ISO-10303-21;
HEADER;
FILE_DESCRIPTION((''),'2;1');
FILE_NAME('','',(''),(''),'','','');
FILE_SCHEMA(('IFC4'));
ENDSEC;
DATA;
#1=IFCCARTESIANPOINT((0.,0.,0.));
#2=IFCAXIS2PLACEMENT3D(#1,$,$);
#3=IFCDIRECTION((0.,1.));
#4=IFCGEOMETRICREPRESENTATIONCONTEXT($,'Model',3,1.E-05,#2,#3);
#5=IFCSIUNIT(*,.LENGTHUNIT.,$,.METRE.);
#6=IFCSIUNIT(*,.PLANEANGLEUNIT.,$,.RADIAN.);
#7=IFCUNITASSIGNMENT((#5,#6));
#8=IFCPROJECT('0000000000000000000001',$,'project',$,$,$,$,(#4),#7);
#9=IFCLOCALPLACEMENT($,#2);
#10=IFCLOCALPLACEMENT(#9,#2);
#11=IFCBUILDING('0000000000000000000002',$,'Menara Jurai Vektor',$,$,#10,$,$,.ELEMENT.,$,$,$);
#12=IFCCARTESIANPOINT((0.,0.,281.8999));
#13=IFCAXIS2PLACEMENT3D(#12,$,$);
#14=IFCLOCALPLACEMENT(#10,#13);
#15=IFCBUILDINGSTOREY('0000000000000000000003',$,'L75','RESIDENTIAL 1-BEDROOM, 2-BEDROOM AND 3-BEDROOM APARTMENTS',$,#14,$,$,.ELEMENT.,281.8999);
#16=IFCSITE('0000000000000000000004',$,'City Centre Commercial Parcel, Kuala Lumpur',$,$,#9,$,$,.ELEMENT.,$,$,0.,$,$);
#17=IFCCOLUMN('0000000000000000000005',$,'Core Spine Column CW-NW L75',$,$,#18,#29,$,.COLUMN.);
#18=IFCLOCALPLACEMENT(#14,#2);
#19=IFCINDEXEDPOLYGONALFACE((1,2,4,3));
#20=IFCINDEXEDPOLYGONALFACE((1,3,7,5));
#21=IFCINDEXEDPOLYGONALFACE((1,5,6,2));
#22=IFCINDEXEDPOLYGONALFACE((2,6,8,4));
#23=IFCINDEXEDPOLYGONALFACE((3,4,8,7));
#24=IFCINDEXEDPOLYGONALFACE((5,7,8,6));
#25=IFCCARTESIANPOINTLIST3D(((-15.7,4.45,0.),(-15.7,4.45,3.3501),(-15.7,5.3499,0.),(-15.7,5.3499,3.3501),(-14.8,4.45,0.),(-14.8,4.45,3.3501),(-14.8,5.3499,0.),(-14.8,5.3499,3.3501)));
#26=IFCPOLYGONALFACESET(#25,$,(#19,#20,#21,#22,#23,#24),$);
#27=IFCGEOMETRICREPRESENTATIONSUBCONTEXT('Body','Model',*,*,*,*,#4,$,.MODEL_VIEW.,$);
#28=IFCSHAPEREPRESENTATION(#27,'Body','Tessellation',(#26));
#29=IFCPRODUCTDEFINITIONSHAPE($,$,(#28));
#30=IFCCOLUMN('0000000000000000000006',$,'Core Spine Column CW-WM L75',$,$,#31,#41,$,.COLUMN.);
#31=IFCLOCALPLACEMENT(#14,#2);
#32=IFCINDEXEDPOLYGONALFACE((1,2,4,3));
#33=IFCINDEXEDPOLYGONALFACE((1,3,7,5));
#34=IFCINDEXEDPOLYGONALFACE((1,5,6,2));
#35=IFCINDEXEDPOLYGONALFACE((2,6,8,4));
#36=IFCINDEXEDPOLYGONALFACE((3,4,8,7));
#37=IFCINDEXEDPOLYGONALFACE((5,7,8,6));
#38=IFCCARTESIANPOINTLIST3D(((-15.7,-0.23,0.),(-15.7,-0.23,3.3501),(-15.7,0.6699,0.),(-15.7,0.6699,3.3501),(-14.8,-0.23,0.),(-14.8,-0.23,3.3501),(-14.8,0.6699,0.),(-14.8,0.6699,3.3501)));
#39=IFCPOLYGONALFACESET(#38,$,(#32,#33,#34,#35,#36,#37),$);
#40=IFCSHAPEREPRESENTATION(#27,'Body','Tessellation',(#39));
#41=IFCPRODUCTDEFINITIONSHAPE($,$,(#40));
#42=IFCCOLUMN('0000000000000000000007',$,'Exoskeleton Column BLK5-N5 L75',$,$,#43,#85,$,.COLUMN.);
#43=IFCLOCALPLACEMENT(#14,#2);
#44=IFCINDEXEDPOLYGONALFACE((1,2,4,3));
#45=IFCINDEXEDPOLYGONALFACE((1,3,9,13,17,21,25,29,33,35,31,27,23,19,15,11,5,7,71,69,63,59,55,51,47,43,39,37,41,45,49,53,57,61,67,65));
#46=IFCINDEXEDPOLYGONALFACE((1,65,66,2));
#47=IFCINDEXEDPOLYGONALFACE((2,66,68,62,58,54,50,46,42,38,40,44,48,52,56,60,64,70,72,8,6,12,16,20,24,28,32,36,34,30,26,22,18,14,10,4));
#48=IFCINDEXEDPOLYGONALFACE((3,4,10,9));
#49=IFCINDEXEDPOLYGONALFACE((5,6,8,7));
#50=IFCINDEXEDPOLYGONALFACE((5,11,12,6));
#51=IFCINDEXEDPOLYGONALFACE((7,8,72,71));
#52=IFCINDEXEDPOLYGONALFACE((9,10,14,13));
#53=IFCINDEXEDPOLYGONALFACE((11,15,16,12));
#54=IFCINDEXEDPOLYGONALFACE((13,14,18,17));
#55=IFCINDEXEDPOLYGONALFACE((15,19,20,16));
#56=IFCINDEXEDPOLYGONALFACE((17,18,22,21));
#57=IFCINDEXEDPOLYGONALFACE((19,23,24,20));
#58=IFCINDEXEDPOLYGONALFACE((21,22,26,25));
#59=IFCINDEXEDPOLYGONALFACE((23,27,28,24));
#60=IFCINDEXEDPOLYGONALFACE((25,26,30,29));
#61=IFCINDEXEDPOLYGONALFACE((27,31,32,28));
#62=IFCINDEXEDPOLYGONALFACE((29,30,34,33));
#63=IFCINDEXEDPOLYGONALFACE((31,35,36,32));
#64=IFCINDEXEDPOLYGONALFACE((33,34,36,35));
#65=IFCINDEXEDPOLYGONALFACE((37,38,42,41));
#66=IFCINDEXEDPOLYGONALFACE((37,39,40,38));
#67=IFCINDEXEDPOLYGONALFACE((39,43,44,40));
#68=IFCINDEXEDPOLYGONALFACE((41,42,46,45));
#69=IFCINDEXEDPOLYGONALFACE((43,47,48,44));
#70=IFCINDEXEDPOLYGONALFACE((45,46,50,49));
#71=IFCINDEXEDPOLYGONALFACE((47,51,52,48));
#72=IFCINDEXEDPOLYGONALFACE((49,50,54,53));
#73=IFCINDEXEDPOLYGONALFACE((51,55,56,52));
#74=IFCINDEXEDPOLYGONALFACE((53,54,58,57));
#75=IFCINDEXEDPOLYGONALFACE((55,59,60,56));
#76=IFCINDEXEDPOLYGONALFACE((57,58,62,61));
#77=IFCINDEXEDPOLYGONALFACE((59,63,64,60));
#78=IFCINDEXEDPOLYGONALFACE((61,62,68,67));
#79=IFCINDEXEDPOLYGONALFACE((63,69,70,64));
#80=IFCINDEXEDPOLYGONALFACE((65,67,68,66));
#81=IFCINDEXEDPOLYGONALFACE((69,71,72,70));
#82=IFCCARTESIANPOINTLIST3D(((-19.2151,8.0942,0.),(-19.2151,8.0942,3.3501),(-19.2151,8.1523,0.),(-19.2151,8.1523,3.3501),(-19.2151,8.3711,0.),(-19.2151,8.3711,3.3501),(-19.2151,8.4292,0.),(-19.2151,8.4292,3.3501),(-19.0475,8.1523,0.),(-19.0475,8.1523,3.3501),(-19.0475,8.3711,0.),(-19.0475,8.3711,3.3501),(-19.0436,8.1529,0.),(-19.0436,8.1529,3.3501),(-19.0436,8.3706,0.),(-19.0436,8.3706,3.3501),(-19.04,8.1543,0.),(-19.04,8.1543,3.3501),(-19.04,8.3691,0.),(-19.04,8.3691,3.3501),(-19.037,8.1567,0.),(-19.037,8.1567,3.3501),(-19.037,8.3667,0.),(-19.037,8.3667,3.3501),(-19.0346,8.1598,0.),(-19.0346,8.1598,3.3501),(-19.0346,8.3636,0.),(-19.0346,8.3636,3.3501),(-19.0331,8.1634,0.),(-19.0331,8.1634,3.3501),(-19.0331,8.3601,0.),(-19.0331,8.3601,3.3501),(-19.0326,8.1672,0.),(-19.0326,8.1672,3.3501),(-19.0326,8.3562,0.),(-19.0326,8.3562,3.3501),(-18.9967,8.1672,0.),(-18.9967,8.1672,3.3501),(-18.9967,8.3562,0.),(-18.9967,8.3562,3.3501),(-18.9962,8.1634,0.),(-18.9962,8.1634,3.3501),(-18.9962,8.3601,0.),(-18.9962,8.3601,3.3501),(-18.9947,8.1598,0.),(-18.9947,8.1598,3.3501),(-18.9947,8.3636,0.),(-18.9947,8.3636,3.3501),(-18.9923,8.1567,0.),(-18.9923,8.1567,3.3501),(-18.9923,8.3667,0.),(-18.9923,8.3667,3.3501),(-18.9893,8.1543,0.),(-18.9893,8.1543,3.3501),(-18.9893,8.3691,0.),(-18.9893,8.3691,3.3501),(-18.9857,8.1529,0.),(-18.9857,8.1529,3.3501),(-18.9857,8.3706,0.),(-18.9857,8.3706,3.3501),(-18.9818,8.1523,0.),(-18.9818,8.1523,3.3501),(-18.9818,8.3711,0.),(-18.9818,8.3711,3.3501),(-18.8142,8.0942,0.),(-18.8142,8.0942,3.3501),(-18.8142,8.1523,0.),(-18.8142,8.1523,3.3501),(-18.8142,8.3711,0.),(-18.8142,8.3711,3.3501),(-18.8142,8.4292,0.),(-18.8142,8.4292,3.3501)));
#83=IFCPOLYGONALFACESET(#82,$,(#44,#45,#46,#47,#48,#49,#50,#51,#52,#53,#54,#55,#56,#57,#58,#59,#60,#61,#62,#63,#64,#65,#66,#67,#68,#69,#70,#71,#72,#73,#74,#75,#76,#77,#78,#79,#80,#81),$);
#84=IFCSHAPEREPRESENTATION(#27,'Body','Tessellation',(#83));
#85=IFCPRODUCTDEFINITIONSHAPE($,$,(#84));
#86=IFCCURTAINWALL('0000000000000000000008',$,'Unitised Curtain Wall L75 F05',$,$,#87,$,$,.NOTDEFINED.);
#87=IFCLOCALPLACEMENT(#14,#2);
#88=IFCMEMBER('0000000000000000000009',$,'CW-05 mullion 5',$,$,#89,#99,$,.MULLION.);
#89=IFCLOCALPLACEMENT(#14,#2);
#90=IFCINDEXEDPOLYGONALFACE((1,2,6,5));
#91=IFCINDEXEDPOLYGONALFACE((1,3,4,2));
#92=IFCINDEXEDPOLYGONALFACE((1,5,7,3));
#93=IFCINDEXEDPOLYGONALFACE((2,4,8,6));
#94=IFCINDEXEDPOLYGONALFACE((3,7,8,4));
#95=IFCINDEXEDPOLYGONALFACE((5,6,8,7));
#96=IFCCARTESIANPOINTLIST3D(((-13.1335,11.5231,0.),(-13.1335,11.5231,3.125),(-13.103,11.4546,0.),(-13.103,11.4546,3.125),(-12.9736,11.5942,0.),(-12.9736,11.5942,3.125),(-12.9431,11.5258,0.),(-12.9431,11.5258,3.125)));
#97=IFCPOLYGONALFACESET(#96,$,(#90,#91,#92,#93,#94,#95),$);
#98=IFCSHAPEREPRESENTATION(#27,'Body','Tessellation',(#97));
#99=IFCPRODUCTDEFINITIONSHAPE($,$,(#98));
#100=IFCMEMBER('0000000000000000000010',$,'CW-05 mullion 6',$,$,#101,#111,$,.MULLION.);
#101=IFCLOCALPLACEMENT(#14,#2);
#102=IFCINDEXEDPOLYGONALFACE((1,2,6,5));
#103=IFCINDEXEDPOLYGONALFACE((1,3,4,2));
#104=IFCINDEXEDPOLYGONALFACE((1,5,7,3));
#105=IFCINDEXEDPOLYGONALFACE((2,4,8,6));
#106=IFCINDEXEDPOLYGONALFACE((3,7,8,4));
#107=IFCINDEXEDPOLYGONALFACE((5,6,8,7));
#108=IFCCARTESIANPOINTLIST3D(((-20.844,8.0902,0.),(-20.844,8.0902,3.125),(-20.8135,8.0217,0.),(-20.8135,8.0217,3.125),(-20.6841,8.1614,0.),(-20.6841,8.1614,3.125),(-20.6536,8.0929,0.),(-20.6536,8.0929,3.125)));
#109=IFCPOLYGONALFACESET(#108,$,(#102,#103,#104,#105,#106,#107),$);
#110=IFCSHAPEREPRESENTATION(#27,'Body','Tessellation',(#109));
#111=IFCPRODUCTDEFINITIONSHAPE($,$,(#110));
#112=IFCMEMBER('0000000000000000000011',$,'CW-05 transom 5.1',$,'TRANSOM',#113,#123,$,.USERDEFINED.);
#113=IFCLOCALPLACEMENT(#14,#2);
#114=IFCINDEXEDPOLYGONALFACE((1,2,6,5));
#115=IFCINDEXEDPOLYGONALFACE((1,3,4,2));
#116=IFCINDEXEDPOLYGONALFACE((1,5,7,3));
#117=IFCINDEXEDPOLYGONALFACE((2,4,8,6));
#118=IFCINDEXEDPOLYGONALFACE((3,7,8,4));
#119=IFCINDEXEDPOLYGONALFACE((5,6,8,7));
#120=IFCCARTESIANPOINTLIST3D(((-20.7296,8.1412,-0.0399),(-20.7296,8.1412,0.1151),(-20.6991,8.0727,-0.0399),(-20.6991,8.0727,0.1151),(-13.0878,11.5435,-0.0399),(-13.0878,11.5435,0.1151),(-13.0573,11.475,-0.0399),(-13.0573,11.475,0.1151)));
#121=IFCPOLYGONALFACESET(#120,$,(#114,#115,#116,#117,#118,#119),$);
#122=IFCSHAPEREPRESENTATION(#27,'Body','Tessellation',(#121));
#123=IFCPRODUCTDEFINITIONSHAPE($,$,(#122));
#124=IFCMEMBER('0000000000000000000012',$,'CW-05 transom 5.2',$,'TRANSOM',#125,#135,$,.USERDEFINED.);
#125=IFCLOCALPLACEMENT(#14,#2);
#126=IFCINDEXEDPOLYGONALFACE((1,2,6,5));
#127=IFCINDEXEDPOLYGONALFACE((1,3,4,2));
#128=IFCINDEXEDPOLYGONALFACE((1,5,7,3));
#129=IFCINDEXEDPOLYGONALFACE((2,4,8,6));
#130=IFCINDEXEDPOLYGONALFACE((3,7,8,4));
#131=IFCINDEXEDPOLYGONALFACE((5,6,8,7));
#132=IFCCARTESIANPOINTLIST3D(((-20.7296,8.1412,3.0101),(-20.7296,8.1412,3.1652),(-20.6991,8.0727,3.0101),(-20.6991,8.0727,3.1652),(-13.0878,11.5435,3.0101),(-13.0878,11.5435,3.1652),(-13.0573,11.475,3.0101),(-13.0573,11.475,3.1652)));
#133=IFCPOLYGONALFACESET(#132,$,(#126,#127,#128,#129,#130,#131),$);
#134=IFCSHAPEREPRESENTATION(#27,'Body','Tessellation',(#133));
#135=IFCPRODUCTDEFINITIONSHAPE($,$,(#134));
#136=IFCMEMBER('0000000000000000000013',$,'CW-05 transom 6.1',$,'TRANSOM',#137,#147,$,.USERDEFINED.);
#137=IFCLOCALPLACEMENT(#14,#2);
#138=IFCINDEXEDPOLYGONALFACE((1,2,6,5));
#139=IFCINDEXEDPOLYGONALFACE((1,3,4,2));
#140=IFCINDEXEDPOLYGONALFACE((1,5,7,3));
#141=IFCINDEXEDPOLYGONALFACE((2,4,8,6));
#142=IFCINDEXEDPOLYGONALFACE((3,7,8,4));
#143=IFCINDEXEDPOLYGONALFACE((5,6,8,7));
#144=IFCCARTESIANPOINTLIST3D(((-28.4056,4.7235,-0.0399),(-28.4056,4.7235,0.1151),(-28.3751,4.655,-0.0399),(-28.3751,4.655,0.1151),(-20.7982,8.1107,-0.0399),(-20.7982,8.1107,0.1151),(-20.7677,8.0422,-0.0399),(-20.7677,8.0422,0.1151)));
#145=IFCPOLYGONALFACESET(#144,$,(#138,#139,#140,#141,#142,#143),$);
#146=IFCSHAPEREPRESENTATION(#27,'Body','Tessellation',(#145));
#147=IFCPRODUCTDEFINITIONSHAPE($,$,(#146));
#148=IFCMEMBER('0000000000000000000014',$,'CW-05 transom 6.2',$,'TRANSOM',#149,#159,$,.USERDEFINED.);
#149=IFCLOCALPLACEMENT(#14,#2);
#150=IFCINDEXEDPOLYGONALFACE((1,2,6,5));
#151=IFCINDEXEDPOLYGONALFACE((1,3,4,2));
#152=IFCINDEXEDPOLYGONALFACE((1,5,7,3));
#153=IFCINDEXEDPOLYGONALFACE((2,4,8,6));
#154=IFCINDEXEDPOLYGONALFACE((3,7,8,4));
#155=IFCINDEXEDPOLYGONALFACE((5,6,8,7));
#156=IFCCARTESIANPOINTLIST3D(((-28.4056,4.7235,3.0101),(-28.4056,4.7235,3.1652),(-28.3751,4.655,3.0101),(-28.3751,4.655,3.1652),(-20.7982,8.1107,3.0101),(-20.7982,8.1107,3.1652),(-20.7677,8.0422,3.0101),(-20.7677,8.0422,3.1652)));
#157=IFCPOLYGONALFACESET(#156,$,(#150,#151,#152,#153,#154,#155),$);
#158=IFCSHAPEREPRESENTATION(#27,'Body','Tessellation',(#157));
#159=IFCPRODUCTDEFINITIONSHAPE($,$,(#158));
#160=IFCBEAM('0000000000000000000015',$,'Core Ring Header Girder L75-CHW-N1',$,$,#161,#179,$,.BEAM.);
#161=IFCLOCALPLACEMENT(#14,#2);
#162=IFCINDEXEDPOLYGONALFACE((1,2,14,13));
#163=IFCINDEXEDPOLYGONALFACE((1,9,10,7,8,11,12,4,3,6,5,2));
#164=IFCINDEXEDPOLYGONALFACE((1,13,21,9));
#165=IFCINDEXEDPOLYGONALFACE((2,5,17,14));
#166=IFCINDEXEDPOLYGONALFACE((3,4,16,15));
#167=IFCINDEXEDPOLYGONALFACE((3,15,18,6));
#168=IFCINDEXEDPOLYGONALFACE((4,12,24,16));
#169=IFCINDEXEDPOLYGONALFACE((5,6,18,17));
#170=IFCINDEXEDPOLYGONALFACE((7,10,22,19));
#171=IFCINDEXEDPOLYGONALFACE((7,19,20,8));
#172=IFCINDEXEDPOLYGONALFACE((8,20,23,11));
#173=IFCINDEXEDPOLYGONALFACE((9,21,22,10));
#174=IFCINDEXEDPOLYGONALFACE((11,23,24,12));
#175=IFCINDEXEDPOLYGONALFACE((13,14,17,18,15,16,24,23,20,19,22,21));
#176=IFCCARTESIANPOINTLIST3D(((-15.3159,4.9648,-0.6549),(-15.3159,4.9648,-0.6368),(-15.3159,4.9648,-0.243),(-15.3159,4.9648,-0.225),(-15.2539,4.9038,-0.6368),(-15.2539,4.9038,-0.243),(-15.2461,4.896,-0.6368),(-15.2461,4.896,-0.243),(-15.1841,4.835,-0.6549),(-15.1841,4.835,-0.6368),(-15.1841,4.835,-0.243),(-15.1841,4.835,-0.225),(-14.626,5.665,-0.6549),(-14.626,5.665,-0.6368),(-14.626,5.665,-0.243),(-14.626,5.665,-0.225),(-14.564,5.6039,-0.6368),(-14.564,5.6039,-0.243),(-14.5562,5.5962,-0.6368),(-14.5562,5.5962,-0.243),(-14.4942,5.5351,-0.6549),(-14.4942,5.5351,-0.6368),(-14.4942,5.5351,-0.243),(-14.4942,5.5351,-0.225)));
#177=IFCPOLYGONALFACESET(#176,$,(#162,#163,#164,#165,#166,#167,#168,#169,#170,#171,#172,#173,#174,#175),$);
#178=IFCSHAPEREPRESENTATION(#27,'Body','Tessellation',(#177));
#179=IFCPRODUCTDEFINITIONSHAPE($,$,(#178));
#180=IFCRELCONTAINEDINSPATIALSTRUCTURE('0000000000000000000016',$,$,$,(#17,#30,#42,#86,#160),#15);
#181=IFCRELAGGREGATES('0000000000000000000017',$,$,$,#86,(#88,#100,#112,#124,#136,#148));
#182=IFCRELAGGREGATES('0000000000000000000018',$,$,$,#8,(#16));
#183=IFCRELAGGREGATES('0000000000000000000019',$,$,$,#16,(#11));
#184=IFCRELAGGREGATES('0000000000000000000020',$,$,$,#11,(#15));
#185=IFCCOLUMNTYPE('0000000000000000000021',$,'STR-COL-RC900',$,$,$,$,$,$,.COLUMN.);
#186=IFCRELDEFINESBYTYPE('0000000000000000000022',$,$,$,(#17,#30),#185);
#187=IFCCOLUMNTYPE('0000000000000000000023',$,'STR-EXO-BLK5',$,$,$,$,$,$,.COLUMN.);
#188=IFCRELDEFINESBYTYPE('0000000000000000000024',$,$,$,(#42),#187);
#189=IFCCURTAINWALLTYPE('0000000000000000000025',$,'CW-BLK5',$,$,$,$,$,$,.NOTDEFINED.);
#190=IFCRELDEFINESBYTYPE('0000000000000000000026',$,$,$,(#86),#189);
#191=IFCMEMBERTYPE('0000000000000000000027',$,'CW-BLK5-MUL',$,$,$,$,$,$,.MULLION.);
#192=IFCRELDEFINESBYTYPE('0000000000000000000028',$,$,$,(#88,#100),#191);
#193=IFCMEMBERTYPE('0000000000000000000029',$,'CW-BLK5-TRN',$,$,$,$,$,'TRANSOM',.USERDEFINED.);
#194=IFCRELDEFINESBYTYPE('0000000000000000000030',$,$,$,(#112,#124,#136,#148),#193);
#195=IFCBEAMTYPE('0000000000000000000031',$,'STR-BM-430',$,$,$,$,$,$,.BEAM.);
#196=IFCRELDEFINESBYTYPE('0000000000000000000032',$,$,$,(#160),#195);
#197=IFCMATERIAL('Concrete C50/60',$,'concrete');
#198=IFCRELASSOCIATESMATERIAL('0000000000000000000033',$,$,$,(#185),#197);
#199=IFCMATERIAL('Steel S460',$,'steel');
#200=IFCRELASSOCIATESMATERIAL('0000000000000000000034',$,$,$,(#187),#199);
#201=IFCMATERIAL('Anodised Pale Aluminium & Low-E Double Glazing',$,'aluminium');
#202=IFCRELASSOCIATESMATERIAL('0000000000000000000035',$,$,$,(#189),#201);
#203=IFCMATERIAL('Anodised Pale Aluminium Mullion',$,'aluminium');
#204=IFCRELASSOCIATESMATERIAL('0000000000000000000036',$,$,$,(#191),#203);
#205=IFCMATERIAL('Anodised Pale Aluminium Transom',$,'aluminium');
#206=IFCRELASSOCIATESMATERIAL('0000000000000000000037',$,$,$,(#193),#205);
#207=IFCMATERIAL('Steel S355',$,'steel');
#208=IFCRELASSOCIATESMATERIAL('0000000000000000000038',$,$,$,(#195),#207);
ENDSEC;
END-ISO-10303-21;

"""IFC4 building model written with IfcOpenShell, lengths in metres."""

from ifc_helpers import new_model, si_unit, direction, frame, origin, origin_2d, place, context, subcontext, project, spatial, rectangle, i_section, extrude, material, material_profile, profile_set, type_object, element, aggregate, save


model = new_model("IFC4")

# Units and contexts
model_context = context("Model", 3, precision=1e-05, world=origin(), true_north=direction((0.0, 1.0)))
body_context = subcontext(model_context, "Body", "Model", "MODEL_VIEW")
ifc_project = project(units=[si_unit("LENGTHUNIT", "METRE"), si_unit("PLANEANGLEUNIT", "RADIAN")], contexts=[model_context])

# Site, building, storey
site_placement = place(None, origin())
site = spatial("IfcSite", under=ifc_project, at=site_placement, Name="City Centre Commercial Parcel, Kuala Lumpur", CompositionType="ELEMENT", RefElevation=0.0)
building_placement = place(site_placement, origin())
building = spatial("IfcBuilding", under=site, at=building_placement, Name="Menara Jurai Vektor", CompositionType="ELEMENT")
storey_placement = place(building_placement, frame((0.0, 0.0, 281.8999)))
storey = spatial("IfcBuildingStorey", under=building, at=storey_placement, Name="L75", Description="RESIDENTIAL 1-BEDROOM, 2-BEDROOM AND 3-BEDROOM APARTMENTS", CompositionType="ELEMENT", Elevation=281.8999)

# Columns
ifc_material_1 = material(Name="Concrete C50/60", Category="concrete")
ifc_material_profile_1 = material_profile(ifc_material_1, rectangle(XDim=0.8999, YDim=0.8999, at=origin_2d()), Name="RC 900x900")
ifc_profile_set_1 = profile_set([ifc_material_profile_1], Name="Concrete C50/60")
column_type_1 = type_object("IfcColumnType", Name="STR-COL-RC900", PredefinedType="COLUMN", material=ifc_profile_set_1)
for number, where, z_axis, x_axis, name in (
    (1, (-15.25, 4.8999, 0.0), (0.0, 0.0, 1.0), (1.0, 0.0, 0.0), "Core Spine Column CW-NW L75"),
    (2, (-15.25, 0.22, 0.0), (0.0, 0.0, 1.0), (1.0, 0.0, 0.0), "Core Spine Column CW-WM L75"),
):
    element("IfcColumn", number, at=place(storey_placement, frame(where, z_axis=z_axis, x_axis=x_axis)), inside=storey, type_object=column_type_1, Name=name, PredefinedType="COLUMN", context=body_context, shape_type="SweptSolid", body=[
        extrude(rectangle(XDim=0.8999, YDim=0.8999, at=origin_2d()), origin(), (0.0, 0.0, 1.0), 3.3501),
    ])
ifc_material_2 = material(Name="Steel S460", Category="steel")
ifc_material_profile_2 = material_profile(ifc_material_2, i_section(OverallWidth=0.4009, OverallDepth=0.335, WebThickness=0.0359, FlangeThickness=0.0581, FilletRadius=0.0149, at=origin_2d()), Name="HD 400x463")
ifc_profile_set_2 = profile_set([ifc_material_profile_2], Name="Steel S460")
column_type_2 = type_object("IfcColumnType", Name="STR-EXO-BLK5", PredefinedType="COLUMN", material=ifc_profile_set_2)
column_placement = place(storey_placement, frame((-19.0146, 8.2617, 0.0), z_axis=(0.0, 0.0, 1.0), x_axis=(1.0, 0.0, 0.0)))
element("IfcColumn", 3, at=column_placement, inside=storey, type_object=column_type_2, Name="Exoskeleton Column BLK5-N5 L75", PredefinedType="COLUMN", context=body_context, shape_type="SweptSolid", body=[
    extrude(i_section(OverallWidth=0.4009, OverallDepth=0.335, WebThickness=0.0359, FlangeThickness=0.0581, FilletRadius=0.0149, at=origin_2d()), origin(), (0.0, 0.0, 1.0), 3.3501),
])

# Curtain wall, members
ifc_material_3 = material(Name="Anodised Pale Aluminium & Low-E Double Glazing", Category="aluminium")
curtain_wall_type = type_object("IfcCurtainWallType", Name="CW-BLK5", PredefinedType="NOTDEFINED", material=ifc_material_3)
curtain_wall_placement = place(storey_placement, origin())
curtain_wall = element("IfcCurtainWall", 4, at=curtain_wall_placement, inside=storey, type_object=curtain_wall_type, Name="Unitised Curtain Wall L75 F05", PredefinedType="NOTDEFINED")
ifc_material_4 = material(Name="Anodised Pale Aluminium Mullion", Category="aluminium")
ifc_material_profile_3 = material_profile(ifc_material_4, rectangle(XDim=0.075, YDim=0.175, at=origin_2d()), Name="ALU MUL 75x175")
ifc_profile_set_3 = profile_set([ifc_material_profile_3], Name="Anodised Pale Aluminium Mullion")
member_type_1 = type_object("IfcMemberType", Name="CW-BLK5-MUL", PredefinedType="MULLION", material=ifc_profile_set_3)
member_1_placement = place(storey_placement, frame((-13.0383, 11.5244, 0.0), z_axis=(0.0, 0.0, 1.0), x_axis=(0.406735, -0.913546, 0.0)))
member_1 = element("IfcMember", 5, at=member_1_placement, type_object=member_type_1, Name="CW-05 mullion 5", PredefinedType="MULLION", context=body_context, shape_type="SweptSolid", body=[
    extrude(rectangle(XDim=0.075, YDim=0.175, at=origin_2d()), origin(), (0.0, 0.0, 1.0), 3.125),
])
member_2_placement = place(storey_placement, frame((-20.7488, 8.0916, 0.0), z_axis=(0.0, 0.0, 1.0), x_axis=(0.406735, -0.913546, 0.0)))
member_2 = element("IfcMember", 6, at=member_2_placement, type_object=member_type_1, Name="CW-05 mullion 6", PredefinedType="MULLION", context=body_context, shape_type="SweptSolid", body=[
    extrude(rectangle(XDim=0.075, YDim=0.175, at=origin_2d()), origin(), (0.0, 0.0, 1.0), 3.125),
])
ifc_material_5 = material(Name="Anodised Pale Aluminium Transom", Category="aluminium")
ifc_material_profile_4 = material_profile(ifc_material_5, rectangle(XDim=0.075, YDim=0.155, at=origin_2d()), Name="ALU TRN 75x155")
ifc_profile_set_4 = profile_set([ifc_material_profile_4], Name="Anodised Pale Aluminium Transom")
member_type_2 = type_object("IfcMemberType", Name="CW-BLK5-TRN", ElementType="TRANSOM", PredefinedType="USERDEFINED", material=ifc_profile_set_4)
member_3_placement = place(storey_placement, frame((-13.0725, 11.5093, 0.0376), z_axis=(-0.913547, -0.406734, 0.0), x_axis=(0.406734, -0.913547, 0.0)))
member_3 = element("IfcMember", 7, at=member_3_placement, type_object=member_type_2, Name="CW-05 transom 5.1", ObjectType="TRANSOM", PredefinedType="USERDEFINED", context=body_context, shape_type="SweptSolid", body=[
    extrude(rectangle(XDim=0.075, YDim=0.155, at=origin_2d()), origin(), (0.0, 0.0, 1.0), 8.365),
])
member_4_placement = place(storey_placement, frame((-13.0725, 11.5093, 3.0876), z_axis=(-0.913547, -0.406734, 0.0), x_axis=(0.406734, -0.913547, 0.0)))
member_4 = element("IfcMember", 8, at=member_4_placement, type_object=member_type_2, Name="CW-05 transom 5.2", ObjectType="TRANSOM", PredefinedType="USERDEFINED", context=body_context, shape_type="SweptSolid", body=[
    extrude(rectangle(XDim=0.075, YDim=0.155, at=origin_2d()), origin(), (0.0, 0.0, 1.0), 8.365),
])
member_5_placement = place(storey_placement, frame((-20.783, 8.0764, 0.0376), z_axis=(-0.913538, -0.406753, 0.0), x_axis=(0.406753, -0.913538, 0.0)))
member_5 = element("IfcMember", 9, at=member_5_placement, type_object=member_type_2, Name="CW-05 transom 6.1", ObjectType="TRANSOM", PredefinedType="USERDEFINED", context=body_context, shape_type="SweptSolid", body=[
    extrude(rectangle(XDim=0.075, YDim=0.155, at=origin_2d()), origin(), (0.0, 0.0, 1.0), 8.3274),
])
member_6_placement = place(storey_placement, frame((-20.783, 8.0764, 3.0876), z_axis=(-0.913538, -0.406753, 0.0), x_axis=(0.406753, -0.913538, 0.0)))
member_6 = element("IfcMember", 10, at=member_6_placement, type_object=member_type_2, Name="CW-05 transom 6.2", ObjectType="TRANSOM", PredefinedType="USERDEFINED", context=body_context, shape_type="SweptSolid", body=[
    extrude(rectangle(XDim=0.075, YDim=0.155, at=origin_2d()), origin(), (0.0, 0.0, 1.0), 8.3274),
])

# Beam
ifc_material_6 = material(Name="Steel S355", Category="steel")
ifc_material_profile_5 = material_profile(ifc_material_6, i_section(OverallWidth=0.1851, OverallDepth=0.4299, WebThickness=0.011, FlangeThickness=0.0181, at=origin_2d()), Name="PG 430x185x76")
ifc_profile_set_5 = profile_set([ifc_material_profile_5], Name="Steel S355")
beam_type_1 = type_object("IfcBeamType", Name="STR-BM-430", PredefinedType="BEAM", material=ifc_profile_set_5)
beam_1_placement = place(storey_placement, frame((-15.25, 4.8999, -0.4399), z_axis=(0.701872, 0.712303, 0.0), x_axis=(-0.712303, 0.701872, 0.0)))
element("IfcBeam", 11, at=beam_1_placement, inside=storey, type_object=beam_type_1, Name="Core Ring Header Girder L75-CHW-N1", PredefinedType="BEAM", context=body_context, shape_type="SweptSolid", body=[
    extrude(i_section(OverallWidth=0.1851, OverallDepth=0.4299, WebThickness=0.011, FlangeThickness=0.0181, at=origin_2d()), origin(), (0.0, 0.0, 1.0), 0.9829),
])

aggregate(curtain_wall, [member_1, member_2, member_3, member_4, member_5, member_6])

save(model, "model.ifc")
